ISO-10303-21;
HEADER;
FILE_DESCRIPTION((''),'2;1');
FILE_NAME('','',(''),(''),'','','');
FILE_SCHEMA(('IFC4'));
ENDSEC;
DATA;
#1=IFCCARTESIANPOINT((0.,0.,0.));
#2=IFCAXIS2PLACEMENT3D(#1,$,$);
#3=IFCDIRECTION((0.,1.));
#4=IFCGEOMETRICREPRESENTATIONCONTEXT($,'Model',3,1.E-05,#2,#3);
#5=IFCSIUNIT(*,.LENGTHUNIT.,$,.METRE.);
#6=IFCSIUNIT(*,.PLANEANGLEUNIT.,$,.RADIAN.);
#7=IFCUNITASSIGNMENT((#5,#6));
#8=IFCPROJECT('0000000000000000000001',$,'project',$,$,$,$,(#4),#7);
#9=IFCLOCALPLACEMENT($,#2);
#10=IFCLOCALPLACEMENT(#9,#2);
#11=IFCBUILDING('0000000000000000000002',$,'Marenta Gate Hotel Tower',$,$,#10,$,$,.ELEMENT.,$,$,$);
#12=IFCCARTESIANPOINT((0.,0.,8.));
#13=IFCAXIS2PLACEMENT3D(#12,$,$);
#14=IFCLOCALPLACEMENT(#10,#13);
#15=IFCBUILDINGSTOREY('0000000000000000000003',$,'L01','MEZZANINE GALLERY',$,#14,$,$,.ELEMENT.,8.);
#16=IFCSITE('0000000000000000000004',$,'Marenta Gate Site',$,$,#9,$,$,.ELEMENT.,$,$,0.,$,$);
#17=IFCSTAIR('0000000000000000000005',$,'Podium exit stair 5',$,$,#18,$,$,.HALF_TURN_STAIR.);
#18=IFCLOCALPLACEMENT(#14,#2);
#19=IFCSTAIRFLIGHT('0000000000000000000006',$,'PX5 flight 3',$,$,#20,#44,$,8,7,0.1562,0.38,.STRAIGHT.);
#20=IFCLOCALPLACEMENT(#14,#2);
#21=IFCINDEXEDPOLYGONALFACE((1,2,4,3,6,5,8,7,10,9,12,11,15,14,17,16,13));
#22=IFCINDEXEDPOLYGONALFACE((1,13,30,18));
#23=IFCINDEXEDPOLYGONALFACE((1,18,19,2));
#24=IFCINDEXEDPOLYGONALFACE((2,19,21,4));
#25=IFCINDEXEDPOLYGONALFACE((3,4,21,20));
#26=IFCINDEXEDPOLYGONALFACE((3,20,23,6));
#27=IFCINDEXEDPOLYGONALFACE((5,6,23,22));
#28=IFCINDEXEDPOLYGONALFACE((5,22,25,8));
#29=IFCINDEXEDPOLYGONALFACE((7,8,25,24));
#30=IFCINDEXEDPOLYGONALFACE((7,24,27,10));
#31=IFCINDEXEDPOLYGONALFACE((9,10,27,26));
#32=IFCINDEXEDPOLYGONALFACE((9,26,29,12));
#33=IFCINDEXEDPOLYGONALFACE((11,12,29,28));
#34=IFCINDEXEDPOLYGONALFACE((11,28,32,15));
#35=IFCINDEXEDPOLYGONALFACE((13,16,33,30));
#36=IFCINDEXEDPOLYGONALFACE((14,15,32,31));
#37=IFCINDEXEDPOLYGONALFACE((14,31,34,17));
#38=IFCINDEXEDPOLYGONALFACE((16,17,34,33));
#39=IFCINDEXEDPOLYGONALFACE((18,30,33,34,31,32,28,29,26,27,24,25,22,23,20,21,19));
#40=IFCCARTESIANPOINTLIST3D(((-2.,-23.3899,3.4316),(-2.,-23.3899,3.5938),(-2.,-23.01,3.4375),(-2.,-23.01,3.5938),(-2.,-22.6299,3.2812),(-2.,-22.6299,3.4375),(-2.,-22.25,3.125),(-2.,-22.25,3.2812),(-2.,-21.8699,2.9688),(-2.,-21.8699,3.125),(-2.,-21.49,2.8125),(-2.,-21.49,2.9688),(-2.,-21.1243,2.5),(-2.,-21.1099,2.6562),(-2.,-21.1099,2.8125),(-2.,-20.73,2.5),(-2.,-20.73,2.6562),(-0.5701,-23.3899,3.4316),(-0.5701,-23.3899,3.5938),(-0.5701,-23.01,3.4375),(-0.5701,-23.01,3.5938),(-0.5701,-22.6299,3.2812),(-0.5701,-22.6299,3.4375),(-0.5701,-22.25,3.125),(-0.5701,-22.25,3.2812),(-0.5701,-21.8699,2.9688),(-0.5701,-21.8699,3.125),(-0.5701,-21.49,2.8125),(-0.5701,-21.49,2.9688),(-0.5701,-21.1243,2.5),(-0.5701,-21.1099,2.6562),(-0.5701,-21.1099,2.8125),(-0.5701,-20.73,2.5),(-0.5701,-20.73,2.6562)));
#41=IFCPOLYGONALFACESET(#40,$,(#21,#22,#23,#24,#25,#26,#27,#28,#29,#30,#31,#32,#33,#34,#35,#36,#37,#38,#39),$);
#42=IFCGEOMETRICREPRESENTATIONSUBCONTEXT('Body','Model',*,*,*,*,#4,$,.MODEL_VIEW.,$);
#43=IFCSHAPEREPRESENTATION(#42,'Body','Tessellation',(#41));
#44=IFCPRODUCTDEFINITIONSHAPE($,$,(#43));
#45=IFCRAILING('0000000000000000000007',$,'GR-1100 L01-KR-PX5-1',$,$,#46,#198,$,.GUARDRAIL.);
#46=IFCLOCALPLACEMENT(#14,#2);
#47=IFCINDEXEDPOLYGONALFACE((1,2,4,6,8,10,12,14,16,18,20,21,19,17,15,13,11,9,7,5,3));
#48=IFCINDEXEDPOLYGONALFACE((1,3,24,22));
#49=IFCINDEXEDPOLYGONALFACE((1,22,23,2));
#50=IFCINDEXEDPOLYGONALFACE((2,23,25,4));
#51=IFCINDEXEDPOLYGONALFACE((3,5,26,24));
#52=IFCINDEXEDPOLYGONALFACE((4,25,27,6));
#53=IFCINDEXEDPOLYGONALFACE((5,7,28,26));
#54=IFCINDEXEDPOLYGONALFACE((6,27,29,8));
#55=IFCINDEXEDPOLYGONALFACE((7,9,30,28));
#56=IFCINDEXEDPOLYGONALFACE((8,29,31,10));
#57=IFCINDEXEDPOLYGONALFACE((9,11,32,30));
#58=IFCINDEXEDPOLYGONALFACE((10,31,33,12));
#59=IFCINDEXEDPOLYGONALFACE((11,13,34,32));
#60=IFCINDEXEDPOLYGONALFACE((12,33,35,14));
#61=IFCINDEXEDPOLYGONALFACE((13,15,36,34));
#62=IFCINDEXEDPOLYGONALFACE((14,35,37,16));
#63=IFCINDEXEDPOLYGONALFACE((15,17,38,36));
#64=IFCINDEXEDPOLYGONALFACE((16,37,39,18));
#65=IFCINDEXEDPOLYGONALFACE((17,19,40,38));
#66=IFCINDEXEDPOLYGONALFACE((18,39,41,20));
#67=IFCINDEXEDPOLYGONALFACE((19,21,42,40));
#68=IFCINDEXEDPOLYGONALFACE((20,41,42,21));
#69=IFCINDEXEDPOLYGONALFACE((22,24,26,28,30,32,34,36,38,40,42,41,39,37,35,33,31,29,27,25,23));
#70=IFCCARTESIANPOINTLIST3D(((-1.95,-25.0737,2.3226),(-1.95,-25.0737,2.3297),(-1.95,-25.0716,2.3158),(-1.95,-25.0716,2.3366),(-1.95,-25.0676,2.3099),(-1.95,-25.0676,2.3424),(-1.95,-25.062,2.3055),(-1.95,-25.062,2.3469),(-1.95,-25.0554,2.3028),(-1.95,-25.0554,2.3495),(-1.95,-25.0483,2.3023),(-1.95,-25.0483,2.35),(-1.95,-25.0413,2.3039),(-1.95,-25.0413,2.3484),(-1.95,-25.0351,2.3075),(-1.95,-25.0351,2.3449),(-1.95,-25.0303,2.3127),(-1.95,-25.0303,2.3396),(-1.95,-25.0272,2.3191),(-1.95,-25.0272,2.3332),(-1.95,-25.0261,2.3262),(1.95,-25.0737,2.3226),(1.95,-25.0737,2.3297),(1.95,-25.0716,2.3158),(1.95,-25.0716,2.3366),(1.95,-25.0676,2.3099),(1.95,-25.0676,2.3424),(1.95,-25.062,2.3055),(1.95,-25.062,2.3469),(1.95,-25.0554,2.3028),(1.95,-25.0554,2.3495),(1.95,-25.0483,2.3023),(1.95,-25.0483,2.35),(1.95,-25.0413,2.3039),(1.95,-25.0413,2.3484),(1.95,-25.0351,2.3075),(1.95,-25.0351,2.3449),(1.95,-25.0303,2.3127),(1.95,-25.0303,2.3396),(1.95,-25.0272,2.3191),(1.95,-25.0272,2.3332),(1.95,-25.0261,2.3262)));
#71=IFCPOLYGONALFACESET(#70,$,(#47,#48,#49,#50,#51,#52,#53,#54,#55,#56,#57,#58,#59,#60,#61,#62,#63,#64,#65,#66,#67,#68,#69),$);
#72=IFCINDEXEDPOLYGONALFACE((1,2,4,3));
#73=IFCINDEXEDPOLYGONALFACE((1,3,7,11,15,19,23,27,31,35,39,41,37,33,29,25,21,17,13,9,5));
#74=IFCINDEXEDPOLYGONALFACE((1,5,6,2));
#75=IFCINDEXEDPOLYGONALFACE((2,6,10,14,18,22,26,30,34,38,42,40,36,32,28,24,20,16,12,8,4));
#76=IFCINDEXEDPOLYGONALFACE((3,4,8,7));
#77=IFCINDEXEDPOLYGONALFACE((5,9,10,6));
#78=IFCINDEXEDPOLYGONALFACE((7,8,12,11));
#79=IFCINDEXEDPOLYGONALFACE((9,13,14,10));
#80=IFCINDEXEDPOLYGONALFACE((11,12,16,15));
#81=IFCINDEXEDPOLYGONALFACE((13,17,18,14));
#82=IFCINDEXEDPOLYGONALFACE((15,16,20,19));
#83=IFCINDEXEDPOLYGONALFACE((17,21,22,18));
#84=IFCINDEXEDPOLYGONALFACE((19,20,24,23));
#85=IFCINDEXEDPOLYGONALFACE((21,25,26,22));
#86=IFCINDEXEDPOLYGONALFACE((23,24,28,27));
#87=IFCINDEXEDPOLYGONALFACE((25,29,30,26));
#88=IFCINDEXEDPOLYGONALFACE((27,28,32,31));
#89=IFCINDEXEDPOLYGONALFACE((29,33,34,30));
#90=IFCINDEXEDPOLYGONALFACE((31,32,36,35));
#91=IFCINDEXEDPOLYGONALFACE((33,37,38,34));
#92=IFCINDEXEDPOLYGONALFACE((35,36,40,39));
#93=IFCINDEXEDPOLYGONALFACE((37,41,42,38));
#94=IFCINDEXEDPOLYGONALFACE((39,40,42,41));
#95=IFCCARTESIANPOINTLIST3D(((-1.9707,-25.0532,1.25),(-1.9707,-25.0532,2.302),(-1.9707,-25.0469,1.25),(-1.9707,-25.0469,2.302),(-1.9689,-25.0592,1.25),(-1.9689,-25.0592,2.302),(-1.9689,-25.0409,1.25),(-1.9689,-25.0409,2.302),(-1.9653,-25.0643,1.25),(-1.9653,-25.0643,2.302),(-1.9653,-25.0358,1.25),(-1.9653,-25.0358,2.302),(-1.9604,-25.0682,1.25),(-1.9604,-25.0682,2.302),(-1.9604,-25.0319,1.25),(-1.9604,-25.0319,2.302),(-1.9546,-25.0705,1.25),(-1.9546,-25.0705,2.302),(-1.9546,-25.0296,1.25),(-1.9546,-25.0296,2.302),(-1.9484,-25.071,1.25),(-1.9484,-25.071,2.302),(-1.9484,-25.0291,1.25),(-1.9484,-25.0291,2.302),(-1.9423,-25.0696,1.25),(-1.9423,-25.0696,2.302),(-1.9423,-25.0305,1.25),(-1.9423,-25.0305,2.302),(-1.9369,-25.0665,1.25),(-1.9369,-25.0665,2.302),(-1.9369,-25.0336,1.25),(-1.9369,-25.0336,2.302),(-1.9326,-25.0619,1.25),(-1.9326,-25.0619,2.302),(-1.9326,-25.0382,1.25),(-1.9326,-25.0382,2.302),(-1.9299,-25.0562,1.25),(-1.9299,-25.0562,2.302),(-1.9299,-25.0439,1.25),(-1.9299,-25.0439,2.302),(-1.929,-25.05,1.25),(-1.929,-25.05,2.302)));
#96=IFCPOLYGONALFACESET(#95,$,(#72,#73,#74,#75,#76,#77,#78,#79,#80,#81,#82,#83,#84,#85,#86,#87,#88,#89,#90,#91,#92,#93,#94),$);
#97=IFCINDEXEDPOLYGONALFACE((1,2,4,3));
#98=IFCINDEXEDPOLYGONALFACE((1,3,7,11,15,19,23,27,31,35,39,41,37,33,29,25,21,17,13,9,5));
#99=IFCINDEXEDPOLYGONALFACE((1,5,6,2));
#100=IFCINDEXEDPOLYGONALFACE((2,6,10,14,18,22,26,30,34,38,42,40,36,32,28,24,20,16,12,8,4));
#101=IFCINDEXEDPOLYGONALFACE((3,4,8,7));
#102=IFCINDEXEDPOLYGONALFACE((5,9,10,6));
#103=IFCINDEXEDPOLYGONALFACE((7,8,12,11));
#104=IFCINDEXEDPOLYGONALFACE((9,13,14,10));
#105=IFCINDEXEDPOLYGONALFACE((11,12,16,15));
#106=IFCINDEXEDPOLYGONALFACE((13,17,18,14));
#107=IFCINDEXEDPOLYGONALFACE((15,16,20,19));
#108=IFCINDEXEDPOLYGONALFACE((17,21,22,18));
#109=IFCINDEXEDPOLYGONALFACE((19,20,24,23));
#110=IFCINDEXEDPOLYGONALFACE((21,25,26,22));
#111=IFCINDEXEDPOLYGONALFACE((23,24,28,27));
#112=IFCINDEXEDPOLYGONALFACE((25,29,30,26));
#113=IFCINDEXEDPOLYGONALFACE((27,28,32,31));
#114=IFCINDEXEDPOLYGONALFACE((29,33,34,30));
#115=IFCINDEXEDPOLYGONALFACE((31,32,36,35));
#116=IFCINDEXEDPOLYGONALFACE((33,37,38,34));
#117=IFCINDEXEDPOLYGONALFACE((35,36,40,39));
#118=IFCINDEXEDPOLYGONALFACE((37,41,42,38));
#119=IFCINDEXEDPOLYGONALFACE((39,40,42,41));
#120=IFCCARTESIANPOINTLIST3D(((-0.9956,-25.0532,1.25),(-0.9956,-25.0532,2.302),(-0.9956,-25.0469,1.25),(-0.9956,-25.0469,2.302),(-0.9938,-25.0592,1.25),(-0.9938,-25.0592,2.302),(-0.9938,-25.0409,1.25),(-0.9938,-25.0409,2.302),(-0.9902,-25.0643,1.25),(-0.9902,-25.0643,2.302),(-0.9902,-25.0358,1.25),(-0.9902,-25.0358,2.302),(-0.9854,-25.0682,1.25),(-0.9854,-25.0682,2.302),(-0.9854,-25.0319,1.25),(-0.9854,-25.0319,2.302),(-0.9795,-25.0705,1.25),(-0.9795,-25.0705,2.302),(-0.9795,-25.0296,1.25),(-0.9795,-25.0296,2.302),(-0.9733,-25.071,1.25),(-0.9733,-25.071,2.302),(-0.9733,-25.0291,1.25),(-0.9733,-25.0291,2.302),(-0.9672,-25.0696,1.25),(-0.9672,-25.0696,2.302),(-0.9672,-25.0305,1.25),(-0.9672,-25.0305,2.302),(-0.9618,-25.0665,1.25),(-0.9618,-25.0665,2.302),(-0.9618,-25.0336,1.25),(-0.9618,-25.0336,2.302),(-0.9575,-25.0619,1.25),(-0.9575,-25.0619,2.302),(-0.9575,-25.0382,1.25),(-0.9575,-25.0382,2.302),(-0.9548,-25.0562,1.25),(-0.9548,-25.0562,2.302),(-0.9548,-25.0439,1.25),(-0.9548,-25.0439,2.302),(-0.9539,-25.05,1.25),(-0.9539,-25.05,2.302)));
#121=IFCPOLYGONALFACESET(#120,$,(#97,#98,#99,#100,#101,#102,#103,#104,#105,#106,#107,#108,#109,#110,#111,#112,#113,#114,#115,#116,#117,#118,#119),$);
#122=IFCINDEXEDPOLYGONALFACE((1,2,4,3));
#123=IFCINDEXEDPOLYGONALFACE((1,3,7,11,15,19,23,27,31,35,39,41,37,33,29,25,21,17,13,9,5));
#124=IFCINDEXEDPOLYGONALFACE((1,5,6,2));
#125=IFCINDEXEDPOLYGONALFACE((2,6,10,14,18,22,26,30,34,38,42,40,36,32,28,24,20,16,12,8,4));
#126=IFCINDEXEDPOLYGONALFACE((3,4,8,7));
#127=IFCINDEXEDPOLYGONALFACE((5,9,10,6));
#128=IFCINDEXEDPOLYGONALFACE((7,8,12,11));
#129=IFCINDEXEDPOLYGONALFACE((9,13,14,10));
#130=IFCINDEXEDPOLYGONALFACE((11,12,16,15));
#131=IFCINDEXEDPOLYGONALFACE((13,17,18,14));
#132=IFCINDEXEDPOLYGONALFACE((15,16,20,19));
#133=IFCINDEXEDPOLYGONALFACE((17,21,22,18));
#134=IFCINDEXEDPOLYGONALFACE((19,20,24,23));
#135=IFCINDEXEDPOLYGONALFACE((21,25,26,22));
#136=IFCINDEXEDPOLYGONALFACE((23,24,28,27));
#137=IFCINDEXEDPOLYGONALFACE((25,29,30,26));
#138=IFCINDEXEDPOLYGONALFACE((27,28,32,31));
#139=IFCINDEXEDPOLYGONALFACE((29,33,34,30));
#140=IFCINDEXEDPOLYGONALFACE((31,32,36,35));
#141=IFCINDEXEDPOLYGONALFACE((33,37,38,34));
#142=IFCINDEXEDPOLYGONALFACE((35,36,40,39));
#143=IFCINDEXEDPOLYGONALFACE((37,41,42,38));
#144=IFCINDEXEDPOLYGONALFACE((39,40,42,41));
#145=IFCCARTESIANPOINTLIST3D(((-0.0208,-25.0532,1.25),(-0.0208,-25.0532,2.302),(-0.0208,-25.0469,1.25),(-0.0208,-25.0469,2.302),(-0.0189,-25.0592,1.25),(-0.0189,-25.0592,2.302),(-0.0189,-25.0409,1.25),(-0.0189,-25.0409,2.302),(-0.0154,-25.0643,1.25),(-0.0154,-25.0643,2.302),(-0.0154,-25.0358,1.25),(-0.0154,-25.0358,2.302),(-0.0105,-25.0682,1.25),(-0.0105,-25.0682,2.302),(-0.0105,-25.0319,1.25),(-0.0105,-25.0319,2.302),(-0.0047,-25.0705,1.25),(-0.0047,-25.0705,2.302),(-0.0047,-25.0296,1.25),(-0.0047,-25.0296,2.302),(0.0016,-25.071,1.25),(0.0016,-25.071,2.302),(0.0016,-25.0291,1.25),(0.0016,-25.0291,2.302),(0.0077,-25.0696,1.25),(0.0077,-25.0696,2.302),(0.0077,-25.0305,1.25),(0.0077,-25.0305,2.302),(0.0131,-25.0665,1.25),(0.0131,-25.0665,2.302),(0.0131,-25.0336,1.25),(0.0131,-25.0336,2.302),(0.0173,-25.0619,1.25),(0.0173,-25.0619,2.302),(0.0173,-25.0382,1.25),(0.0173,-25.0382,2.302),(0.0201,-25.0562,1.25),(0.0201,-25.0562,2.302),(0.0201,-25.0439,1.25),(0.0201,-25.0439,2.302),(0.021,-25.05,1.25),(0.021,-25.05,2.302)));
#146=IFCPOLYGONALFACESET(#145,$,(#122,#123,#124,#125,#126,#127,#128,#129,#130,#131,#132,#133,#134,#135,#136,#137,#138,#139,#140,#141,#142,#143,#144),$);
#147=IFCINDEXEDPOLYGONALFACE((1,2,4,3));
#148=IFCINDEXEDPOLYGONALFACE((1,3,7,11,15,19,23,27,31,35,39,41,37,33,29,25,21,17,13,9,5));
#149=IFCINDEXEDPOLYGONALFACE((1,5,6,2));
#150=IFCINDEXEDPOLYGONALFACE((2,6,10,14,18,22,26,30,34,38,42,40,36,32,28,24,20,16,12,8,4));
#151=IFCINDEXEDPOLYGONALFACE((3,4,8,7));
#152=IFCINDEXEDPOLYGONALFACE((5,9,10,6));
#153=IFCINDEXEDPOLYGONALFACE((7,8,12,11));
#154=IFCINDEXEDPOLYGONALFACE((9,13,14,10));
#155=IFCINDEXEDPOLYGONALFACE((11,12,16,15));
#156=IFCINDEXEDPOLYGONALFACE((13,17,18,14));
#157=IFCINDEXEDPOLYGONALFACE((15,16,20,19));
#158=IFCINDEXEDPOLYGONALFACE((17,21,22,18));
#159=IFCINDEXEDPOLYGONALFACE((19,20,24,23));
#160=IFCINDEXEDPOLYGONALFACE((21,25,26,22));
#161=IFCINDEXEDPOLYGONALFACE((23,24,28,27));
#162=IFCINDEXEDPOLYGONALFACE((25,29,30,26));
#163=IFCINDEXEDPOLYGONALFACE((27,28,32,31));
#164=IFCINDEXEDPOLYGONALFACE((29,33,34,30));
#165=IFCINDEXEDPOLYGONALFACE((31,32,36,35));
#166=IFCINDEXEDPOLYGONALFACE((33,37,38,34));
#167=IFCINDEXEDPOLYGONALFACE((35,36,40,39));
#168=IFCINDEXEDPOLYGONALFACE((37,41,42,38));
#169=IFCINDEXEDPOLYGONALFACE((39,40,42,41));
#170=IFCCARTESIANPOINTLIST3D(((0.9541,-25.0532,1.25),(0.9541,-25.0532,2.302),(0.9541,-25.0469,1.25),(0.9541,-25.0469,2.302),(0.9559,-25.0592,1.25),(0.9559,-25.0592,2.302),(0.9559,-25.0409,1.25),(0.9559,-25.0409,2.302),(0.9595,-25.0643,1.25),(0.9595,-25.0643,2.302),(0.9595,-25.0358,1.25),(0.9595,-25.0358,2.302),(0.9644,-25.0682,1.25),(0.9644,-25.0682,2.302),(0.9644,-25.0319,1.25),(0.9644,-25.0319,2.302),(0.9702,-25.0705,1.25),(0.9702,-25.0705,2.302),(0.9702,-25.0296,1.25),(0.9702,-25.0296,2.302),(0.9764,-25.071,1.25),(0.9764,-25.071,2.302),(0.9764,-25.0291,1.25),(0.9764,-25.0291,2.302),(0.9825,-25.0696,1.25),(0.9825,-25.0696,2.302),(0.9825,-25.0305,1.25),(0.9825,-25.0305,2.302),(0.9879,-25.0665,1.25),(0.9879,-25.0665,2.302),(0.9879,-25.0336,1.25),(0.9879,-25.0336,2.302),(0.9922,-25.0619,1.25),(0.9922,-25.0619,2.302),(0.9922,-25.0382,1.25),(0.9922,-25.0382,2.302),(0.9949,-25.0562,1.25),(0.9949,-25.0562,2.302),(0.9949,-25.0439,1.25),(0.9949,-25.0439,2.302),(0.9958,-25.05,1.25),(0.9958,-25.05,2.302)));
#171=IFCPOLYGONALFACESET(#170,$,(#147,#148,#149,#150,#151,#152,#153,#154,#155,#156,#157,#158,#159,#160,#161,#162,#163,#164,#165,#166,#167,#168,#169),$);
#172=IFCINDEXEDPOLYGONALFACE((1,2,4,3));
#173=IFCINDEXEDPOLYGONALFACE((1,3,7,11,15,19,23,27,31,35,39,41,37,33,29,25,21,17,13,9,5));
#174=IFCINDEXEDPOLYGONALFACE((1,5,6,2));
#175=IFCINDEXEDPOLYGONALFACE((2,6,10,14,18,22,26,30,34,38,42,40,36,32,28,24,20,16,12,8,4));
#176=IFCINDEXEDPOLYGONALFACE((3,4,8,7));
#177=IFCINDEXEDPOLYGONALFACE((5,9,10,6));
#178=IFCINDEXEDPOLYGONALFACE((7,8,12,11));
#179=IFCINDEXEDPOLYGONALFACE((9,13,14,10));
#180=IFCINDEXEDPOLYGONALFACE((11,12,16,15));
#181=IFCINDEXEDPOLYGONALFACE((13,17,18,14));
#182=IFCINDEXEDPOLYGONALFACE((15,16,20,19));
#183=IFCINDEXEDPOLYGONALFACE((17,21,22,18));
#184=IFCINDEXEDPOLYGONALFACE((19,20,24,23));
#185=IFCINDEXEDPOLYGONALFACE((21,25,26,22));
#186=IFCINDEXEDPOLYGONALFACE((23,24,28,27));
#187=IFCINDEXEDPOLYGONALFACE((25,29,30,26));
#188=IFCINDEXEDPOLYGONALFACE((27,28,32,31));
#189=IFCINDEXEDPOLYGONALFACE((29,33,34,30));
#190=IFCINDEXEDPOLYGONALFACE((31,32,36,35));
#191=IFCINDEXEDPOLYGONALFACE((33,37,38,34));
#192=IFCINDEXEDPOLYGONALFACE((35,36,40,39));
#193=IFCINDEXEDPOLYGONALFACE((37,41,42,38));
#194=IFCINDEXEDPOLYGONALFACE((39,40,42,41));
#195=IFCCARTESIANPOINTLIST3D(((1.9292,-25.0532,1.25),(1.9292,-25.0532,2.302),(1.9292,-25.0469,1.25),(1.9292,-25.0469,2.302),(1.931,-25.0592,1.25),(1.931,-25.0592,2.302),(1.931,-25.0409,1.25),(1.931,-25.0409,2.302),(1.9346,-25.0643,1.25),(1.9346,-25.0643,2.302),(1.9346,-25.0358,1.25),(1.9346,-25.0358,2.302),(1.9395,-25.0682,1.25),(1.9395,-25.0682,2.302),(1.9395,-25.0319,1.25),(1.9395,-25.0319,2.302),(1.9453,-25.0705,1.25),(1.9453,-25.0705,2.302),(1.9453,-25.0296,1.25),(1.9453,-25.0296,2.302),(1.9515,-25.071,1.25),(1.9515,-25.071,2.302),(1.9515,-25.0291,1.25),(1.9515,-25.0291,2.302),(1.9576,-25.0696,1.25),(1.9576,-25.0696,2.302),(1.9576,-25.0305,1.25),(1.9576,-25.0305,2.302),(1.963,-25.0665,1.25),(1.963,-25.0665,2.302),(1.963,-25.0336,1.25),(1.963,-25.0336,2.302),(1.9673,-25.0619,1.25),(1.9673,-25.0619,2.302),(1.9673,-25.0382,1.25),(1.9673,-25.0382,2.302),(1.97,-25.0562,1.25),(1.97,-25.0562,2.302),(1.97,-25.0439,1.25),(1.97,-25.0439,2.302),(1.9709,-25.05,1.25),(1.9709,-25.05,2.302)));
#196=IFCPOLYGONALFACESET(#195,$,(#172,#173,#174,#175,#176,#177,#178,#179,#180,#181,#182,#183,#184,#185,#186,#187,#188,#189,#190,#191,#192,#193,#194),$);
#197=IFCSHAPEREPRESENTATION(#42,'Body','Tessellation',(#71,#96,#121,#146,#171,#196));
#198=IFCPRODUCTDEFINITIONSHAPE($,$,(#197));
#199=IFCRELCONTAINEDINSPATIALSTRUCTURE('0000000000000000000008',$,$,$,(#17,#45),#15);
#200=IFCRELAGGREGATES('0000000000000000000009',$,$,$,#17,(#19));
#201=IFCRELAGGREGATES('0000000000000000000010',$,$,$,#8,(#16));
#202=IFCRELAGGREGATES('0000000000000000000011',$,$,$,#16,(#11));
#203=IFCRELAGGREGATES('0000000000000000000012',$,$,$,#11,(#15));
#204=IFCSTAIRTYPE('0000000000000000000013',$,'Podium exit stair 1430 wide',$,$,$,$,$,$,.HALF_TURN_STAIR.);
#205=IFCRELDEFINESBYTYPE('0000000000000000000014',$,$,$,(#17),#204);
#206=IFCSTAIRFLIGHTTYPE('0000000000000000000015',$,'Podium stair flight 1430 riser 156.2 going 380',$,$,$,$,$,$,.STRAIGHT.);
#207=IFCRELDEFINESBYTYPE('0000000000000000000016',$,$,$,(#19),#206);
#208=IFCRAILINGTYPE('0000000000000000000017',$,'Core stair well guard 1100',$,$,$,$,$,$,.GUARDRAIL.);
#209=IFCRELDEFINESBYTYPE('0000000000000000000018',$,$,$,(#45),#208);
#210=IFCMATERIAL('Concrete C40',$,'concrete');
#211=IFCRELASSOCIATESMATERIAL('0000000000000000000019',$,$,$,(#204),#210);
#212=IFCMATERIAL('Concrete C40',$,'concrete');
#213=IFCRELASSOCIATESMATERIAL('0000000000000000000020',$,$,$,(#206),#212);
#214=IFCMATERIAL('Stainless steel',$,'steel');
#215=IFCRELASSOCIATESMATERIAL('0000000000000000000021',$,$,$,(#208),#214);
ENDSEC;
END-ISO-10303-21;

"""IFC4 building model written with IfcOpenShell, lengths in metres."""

from ifc_helpers import new_model, si_unit, direction, frame, origin, origin_2d, place, context, subcontext, project, spatial, polyline, circle, outline, extrude, material, type_object, element, aggregate, save


model = new_model("IFC4")

# Units and contexts
model_context = context("Model", 3, precision=1e-05, world=origin(), true_north=direction((0.0, 1.0)))
body_context = subcontext(model_context, "Body", "Model", "MODEL_VIEW")
ifc_project = project(units=[si_unit("LENGTHUNIT", "METRE"), si_unit("PLANEANGLEUNIT", "RADIAN")], contexts=[model_context])

# Site, building, storey
site_placement = place(None, origin())
site = spatial("IfcSite", under=ifc_project, at=site_placement, Name="Marenta Gate Site", CompositionType="ELEMENT", RefElevation=0.0)
building_placement = place(site_placement, origin())
building = spatial("IfcBuilding", under=site, at=building_placement, Name="Marenta Gate Hotel Tower", CompositionType="ELEMENT")
storey_placement = place(building_placement, frame((0.0, 0.0, 8.0)))
storey = spatial("IfcBuildingStorey", under=building, at=storey_placement, Name="L01", Description="MEZZANINE GALLERY", CompositionType="ELEMENT", Elevation=8.0)

# Stair, stair flight
ifc_material_1 = material(Name="Concrete C40", Category="concrete")
stair_type = type_object("IfcStairType", Name="Podium exit stair 1430 wide", PredefinedType="HALF_TURN_STAIR", material=ifc_material_1)
stair_placement = place(storey_placement, origin())
stair = element("IfcStair", 1, at=stair_placement, inside=storey, type_object=stair_type, Name="Podium exit stair 5", PredefinedType="HALF_TURN_STAIR")
ifc_material_2 = material(Name="Concrete C40", Category="concrete")
stair_flight_type = type_object("IfcStairFlightType", Name="Podium stair flight 1430 riser 156.2 going 380", PredefinedType="STRAIGHT", material=ifc_material_2)
stair_flight_1_placement = place(storey_placement, frame((-1.2849, -20.73, 2.5), z_axis=(0.0, 0.0, 1.0), x_axis=(0.0, -1.0, 0.0)))
stair_flight_1 = element("IfcStairFlight", 2, at=stair_flight_1_placement, type_object=stair_flight_type, Name="PX5 flight 3", NumberOfRisers=8, NumberOfTreads=7, PredefinedType="STRAIGHT", RiserHeight=0.1562, TreadLength=0.38, context=body_context, shape_type="SweptSolid", body=[
    extrude(outline(polyline([(0.0, 0.0), (0.0, 0.1562), (0.3799, 0.1562), (0.3799, 0.3125), (0.76, 0.3125), (0.76, 0.4688), (1.1399, 0.4688), (1.1399, 0.625), (1.52, 0.625), (1.52, 0.7812), (1.8999, 0.7812), (1.8999, 0.9375), (2.28, 0.9375), (2.28, 1.0938), (2.6599, 1.0938), (2.6599, 1.25), (2.6599, 0.9316), (0.3943, 0.0), (0.0, 0.0)])), frame((0.0, 0.7148, 0.0), z_axis=(0.0, -1.0, 0.0), x_axis=(1.0, 0.0, 0.0)), (0.0, 0.0, 1.0), 1.4299),
])
aggregate(stair, [stair_flight_1])

# Railing
ifc_material_3 = material(Name="Stainless steel", Category="steel")
railing_type_1 = type_object("IfcRailingType", Name="Core stair well guard 1100", PredefinedType="GUARDRAIL", material=ifc_material_3)
for number, where, name in (
    (3, (-1.95, -25.05, 1.25), "GR-1100 L01-KR-PX5-1"),
):
    element("IfcRailing", number, at=place(storey_placement, frame(where)), inside=storey, type_object=railing_type_1, Name=name, PredefinedType="GUARDRAIL", context=body_context, shape_type="SweptSolid", body=[
        extrude(circle(Radius=0.0239, at=origin_2d()), frame((0.0, 0.0, 1.0762), z_axis=(1.0, 0.0, 0.0), x_axis=(0.0, 1.0, 0.0)), (0.0, 0.0, 1.0), 3.8999),
        extrude(circle(Radius=0.021, at=origin_2d()), origin(), (0.0, 0.0, 1.0), 1.052),
        extrude(circle(Radius=0.021, at=origin_2d()), frame((0.9751, 0.0, 0.0)), (0.0, 0.0, 1.0), 1.052),
        extrude(circle(Radius=0.021, at=origin_2d()), frame((1.95, 0.0, 0.0)), (0.0, 0.0, 1.0), 1.052),
        extrude(circle(Radius=0.021, at=origin_2d()), frame((2.9248, 0.0, 0.0)), (0.0, 0.0, 1.0), 1.052),
        extrude(circle(Radius=0.021, at=origin_2d()), frame((3.8999, 0.0, 0.0)), (0.0, 0.0, 1.0), 1.052),
    ])

save(model, "model.ifc")
